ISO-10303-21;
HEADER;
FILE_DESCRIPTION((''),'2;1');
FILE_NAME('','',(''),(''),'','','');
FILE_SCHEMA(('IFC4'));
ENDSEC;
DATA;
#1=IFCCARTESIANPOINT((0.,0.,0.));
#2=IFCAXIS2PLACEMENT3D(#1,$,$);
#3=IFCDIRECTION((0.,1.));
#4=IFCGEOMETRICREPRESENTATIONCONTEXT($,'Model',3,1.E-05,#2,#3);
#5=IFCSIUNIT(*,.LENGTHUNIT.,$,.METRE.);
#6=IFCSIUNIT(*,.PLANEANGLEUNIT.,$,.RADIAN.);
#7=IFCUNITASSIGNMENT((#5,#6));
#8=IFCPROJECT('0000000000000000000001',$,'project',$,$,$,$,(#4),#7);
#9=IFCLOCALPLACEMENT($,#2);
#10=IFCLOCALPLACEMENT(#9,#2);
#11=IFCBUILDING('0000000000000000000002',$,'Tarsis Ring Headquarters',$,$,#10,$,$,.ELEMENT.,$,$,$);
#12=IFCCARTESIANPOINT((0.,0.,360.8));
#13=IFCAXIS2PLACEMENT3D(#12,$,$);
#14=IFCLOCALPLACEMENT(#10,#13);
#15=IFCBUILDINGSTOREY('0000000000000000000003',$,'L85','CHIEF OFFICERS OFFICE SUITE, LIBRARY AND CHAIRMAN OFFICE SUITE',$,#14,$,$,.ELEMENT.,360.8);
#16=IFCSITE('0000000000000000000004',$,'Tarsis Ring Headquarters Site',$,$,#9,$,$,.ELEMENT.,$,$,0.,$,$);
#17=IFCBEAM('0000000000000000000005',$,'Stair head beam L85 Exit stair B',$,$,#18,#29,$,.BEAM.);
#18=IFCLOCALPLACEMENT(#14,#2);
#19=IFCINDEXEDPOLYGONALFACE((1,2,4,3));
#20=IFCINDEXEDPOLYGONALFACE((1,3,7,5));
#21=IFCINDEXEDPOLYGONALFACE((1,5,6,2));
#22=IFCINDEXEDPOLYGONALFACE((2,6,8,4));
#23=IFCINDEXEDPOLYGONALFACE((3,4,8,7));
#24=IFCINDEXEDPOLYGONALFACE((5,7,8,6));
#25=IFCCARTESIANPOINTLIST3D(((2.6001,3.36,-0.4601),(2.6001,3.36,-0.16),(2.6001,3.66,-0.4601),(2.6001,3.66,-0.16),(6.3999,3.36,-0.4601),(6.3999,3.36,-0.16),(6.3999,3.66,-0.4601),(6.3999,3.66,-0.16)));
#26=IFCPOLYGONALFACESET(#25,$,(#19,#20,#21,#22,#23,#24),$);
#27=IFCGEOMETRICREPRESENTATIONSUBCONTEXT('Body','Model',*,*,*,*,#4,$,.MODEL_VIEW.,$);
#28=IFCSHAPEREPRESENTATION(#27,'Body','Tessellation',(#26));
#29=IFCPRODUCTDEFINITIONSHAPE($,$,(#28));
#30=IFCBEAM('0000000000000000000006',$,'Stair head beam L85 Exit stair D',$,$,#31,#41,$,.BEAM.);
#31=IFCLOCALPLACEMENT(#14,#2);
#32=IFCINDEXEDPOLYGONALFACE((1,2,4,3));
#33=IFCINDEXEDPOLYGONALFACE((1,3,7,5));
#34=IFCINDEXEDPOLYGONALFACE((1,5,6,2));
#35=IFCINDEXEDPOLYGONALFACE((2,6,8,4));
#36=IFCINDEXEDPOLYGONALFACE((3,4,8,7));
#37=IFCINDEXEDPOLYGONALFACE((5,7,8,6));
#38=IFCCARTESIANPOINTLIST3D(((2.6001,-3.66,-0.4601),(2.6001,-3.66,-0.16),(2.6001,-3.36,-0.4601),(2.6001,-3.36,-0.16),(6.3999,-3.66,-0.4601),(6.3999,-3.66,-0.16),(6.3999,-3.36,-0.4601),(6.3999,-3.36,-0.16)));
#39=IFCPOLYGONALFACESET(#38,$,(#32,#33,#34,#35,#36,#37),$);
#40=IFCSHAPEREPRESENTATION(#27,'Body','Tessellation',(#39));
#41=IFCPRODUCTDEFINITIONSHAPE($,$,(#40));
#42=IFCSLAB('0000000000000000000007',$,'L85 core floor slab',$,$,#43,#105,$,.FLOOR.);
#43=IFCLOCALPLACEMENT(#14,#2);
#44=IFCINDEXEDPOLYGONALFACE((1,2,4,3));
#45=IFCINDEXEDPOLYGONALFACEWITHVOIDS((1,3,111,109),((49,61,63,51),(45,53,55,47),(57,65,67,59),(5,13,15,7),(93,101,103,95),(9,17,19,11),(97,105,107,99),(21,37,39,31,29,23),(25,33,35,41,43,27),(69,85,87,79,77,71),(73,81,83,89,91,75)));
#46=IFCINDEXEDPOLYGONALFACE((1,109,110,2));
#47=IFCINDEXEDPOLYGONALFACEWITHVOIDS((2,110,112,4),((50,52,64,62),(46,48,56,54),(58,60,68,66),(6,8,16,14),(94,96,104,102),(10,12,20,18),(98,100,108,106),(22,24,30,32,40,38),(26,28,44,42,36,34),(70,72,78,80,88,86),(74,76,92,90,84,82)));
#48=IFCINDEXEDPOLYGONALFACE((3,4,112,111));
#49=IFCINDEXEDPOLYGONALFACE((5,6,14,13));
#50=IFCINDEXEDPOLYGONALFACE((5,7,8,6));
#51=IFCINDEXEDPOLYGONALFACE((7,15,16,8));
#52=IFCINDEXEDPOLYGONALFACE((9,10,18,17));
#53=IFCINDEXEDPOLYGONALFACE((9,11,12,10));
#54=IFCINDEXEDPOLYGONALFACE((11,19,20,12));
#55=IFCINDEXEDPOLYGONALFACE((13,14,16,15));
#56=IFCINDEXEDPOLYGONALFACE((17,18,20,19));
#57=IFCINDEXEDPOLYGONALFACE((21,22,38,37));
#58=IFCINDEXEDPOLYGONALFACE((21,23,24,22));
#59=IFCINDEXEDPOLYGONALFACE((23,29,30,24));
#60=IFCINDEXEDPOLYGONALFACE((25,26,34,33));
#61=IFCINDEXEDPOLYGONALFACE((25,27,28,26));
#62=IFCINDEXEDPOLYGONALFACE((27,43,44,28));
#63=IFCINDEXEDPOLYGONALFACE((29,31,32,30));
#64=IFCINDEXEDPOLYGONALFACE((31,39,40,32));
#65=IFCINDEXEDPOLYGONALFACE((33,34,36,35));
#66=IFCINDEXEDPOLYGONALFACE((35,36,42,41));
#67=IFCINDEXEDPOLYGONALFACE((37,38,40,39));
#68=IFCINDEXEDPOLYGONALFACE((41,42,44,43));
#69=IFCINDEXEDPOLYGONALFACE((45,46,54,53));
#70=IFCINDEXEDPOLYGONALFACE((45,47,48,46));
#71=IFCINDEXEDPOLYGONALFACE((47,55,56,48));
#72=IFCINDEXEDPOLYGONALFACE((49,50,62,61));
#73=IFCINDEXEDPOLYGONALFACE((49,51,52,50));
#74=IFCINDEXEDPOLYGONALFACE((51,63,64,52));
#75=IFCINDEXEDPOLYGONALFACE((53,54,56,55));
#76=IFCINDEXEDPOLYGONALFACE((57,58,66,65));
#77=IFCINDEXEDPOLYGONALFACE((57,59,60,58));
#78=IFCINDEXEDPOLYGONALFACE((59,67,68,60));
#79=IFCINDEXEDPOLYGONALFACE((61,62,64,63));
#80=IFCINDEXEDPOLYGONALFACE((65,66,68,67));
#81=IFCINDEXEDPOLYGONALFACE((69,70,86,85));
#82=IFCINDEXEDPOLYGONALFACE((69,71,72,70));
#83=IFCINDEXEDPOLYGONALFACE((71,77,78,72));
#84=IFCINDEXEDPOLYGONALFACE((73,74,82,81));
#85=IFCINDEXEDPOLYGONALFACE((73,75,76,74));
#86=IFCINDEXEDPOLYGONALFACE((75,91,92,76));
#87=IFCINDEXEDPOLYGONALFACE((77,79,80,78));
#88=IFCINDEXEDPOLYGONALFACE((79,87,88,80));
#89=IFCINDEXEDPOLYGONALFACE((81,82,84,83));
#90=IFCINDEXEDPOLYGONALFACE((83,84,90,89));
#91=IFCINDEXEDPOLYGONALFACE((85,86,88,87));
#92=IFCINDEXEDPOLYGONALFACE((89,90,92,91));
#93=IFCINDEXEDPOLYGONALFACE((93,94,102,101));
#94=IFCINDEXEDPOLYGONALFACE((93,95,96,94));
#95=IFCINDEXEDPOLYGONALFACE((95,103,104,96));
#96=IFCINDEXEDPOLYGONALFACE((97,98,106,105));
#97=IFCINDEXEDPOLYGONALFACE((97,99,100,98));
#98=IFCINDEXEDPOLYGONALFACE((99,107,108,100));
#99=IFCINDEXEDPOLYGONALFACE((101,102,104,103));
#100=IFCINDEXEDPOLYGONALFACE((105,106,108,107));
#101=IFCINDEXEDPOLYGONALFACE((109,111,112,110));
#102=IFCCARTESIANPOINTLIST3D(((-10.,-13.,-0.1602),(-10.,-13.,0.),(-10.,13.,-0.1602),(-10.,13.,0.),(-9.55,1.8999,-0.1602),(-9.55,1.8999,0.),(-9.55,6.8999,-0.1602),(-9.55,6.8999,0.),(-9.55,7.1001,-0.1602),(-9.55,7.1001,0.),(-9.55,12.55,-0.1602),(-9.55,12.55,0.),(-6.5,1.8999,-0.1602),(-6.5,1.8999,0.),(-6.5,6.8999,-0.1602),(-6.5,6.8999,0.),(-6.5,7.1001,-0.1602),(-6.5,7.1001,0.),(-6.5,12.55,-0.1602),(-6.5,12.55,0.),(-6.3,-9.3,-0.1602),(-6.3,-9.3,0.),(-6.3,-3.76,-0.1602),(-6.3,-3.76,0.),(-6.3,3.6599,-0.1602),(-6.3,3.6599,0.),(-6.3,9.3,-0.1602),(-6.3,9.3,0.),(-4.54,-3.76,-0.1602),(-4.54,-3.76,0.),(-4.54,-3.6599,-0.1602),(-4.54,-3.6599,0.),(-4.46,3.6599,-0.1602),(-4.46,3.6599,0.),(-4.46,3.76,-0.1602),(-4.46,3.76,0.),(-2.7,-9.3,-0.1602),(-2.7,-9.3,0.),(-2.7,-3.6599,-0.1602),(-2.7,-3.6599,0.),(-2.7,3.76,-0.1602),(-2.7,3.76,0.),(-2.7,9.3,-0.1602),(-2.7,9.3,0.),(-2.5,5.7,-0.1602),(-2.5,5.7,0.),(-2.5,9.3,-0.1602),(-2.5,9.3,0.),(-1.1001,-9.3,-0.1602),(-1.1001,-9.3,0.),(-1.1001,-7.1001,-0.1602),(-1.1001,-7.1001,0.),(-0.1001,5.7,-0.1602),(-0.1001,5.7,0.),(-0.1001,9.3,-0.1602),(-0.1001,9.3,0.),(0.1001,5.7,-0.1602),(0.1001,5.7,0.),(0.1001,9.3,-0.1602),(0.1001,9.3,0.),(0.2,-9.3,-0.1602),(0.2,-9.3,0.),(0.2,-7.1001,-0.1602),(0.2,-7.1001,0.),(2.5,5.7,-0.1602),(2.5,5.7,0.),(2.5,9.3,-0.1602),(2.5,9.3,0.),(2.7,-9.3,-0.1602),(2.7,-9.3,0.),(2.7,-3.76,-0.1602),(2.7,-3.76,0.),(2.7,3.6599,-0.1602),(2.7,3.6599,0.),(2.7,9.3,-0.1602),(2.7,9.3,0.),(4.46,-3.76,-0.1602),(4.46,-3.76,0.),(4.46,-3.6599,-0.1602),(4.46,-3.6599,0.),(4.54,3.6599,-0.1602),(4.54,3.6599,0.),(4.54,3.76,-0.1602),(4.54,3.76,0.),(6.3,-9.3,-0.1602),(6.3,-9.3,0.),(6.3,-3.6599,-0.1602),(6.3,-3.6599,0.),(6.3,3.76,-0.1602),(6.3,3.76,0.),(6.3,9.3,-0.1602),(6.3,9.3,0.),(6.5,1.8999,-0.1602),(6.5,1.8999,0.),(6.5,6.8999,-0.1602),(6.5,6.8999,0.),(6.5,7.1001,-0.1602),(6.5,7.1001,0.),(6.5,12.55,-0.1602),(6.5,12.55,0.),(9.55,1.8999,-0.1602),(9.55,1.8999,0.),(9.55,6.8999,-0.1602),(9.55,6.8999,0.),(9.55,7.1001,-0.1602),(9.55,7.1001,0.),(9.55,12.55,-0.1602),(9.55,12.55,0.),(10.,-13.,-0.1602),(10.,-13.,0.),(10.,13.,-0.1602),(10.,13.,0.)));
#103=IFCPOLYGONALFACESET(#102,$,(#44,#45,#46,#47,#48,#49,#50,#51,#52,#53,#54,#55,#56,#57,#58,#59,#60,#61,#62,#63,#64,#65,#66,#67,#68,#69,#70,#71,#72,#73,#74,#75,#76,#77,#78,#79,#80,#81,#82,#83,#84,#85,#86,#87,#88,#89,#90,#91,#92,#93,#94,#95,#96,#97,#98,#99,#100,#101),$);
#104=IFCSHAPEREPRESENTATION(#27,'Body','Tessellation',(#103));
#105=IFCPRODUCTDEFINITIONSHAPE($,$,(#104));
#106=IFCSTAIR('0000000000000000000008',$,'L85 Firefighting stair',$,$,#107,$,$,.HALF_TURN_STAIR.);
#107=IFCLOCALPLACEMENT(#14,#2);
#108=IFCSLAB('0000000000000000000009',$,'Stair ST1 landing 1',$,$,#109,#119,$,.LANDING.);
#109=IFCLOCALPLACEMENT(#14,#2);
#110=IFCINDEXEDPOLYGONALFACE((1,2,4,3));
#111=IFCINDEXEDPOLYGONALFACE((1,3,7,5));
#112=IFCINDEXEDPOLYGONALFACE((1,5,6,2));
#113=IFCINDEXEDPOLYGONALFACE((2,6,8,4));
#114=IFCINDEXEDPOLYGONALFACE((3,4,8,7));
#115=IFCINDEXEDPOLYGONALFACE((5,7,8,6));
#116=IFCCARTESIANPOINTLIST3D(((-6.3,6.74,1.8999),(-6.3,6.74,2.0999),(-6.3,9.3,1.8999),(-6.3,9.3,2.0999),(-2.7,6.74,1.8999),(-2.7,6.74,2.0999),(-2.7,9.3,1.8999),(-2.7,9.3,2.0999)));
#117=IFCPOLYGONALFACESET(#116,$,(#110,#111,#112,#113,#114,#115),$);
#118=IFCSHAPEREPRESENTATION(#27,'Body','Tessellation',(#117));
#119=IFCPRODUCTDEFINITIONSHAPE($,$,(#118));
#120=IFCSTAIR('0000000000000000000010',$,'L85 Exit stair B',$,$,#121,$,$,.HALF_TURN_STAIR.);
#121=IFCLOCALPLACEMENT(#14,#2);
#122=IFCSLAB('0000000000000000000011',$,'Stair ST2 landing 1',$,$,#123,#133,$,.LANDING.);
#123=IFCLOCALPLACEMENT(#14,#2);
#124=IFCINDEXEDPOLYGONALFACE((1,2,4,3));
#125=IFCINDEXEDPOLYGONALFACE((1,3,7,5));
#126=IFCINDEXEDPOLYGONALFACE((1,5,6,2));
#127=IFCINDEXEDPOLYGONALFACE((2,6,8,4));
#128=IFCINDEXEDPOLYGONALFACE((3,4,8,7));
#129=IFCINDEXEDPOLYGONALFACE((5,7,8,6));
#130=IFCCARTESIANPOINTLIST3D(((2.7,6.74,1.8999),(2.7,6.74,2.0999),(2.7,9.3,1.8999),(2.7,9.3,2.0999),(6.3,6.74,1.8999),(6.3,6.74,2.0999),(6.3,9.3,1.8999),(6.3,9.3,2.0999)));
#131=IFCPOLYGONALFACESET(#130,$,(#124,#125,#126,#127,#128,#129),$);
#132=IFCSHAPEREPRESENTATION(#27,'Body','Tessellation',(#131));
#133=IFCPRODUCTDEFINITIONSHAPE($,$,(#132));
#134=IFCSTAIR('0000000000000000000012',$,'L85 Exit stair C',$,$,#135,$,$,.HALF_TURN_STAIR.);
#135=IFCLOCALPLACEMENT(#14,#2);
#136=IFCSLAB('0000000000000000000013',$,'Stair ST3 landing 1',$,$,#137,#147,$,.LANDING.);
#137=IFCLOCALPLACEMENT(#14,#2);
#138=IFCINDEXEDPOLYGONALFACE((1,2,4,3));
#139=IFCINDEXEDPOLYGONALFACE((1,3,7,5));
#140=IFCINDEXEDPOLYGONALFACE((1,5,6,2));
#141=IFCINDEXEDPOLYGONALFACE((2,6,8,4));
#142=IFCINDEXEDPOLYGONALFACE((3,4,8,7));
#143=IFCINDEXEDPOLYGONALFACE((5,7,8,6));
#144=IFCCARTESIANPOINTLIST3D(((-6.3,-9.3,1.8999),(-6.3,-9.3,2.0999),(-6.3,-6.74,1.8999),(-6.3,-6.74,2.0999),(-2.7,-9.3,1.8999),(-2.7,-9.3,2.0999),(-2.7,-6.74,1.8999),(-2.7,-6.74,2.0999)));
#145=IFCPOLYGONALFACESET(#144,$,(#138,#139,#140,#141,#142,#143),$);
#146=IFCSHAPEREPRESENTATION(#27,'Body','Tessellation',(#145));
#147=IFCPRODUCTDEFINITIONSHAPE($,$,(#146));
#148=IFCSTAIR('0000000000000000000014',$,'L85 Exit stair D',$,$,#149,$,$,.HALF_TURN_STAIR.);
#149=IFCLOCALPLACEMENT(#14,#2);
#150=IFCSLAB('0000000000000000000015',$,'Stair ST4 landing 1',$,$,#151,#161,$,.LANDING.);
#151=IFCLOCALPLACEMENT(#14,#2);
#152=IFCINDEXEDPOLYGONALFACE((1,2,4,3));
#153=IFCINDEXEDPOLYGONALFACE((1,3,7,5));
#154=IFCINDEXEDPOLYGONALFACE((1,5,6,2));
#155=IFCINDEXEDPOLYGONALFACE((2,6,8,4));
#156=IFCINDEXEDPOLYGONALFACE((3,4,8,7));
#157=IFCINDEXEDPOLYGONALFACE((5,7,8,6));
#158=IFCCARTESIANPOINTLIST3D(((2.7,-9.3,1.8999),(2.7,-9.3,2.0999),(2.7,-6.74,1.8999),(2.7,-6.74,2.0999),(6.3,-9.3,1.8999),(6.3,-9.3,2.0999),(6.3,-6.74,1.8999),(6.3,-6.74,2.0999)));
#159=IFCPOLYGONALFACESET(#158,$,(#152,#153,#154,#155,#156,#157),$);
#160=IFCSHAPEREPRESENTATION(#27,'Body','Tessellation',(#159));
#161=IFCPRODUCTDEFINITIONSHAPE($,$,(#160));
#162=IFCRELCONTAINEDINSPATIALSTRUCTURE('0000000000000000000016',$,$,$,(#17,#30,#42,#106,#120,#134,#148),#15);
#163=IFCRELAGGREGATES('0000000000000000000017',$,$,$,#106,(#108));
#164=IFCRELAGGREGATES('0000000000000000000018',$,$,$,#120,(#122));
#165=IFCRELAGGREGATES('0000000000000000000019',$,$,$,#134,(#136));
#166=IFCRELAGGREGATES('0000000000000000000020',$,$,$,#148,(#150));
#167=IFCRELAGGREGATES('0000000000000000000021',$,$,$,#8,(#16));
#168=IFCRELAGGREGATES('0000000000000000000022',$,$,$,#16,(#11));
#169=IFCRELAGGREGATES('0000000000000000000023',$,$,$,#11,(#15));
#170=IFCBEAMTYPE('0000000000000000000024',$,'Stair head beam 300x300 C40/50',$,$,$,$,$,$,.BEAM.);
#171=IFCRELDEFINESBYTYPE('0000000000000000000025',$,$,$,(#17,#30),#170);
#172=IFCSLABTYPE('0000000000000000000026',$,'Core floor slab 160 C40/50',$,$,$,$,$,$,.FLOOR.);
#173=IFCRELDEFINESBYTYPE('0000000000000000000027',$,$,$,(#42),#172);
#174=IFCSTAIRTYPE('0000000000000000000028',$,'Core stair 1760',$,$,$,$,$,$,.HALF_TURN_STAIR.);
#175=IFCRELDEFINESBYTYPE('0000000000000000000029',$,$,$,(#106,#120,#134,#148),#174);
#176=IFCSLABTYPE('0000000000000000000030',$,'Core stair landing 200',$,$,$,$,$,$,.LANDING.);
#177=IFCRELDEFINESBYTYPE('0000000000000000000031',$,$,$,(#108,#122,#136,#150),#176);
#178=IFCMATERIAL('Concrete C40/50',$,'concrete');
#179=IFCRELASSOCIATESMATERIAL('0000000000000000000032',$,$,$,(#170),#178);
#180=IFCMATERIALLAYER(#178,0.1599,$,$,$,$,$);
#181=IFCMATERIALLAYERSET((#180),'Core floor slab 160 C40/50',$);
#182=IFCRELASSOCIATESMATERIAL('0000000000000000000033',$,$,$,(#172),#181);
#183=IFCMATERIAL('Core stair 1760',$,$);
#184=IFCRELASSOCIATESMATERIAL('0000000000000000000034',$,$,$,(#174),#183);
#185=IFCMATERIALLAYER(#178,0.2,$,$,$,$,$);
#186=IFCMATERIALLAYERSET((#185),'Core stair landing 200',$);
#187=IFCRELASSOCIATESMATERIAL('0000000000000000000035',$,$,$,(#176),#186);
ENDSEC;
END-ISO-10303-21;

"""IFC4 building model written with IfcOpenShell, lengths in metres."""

from ifc_helpers import new_model, si_unit, direction, frame, origin, origin_2d, place, context, subcontext, project, spatial, polyline, rectangle, outline, extrude, material, layer, layer_set, material_profile, profile_set, type_object, element, aggregate, save


model = new_model("IFC4")

# Units and contexts
model_context = context("Model", 3, precision=1e-05, world=origin(), true_north=direction((0.0, 1.0)))
body_context = subcontext(model_context, "Body", "Model", "MODEL_VIEW")
ifc_project = project(units=[si_unit("LENGTHUNIT", "METRE"), si_unit("PLANEANGLEUNIT", "RADIAN")], contexts=[model_context])

# Site, building, storey
site_placement = place(None, origin())
site = spatial("IfcSite", under=ifc_project, at=site_placement, Name="Tarsis Ring Headquarters Site", CompositionType="ELEMENT", RefElevation=0.0)
building_placement = place(site_placement, origin())
building = spatial("IfcBuilding", under=site, at=building_placement, Name="Tarsis Ring Headquarters", CompositionType="ELEMENT")
storey_placement = place(building_placement, frame((0.0, 0.0, 360.8)))
storey = spatial("IfcBuildingStorey", under=building, at=storey_placement, Name="L85", Description="CHIEF OFFICERS OFFICE SUITE, LIBRARY AND CHAIRMAN OFFICE SUITE", CompositionType="ELEMENT", Elevation=360.8)

# Beams
ifc_material_1 = material(Name="Concrete C40/50", Category="concrete")
ifc_material_profile = material_profile(ifc_material_1, rectangle(XDim=0.3, YDim=0.3, at=origin_2d()), Name="Stair head beam 300x300 C40/50")
ifc_profile_set = profile_set([ifc_material_profile], Name="Concrete C40/50")
beam_type = type_object("IfcBeamType", Name="Stair head beam 300x300 C40/50", PredefinedType="BEAM", material=ifc_profile_set)
for number, where, z_axis, x_axis, name in (
    (1, (2.6001, 3.51, -0.3101), (1.0, 0.0, 0.0), (0.0, 1.0, 0.0), "Stair head beam L85 Exit stair B"),
    (2, (2.6001, -3.51, -0.3101), (1.0, 0.0, 0.0), (0.0, 1.0, 0.0), "Stair head beam L85 Exit stair D"),
):
    element("IfcBeam", number, at=place(storey_placement, frame(where, z_axis=z_axis, x_axis=x_axis)), inside=storey, type_object=beam_type, Name=name, PredefinedType="BEAM", context=body_context, shape_type="SweptSolid", body=[
        extrude(rectangle(XDim=0.3, YDim=0.3, at=origin_2d()), origin(), (0.0, 0.0, 1.0), 3.7998),
    ])

# Slab
ifc_layer_1 = layer(ifc_material_1, 0.1599)
ifc_layer_set_1 = layer_set([ifc_layer_1], Name="Core floor slab 160 C40/50")
slab_type_1 = type_object("IfcSlabType", Name="Core floor slab 160 C40/50", PredefinedType="FLOOR", material=ifc_layer_set_1)
slab_1_placement = place(storey_placement, frame((0.0, 0.0, -0.1602)))
element("IfcSlab", 3, at=slab_1_placement, inside=storey, type_object=slab_type_1, Name="L85 core floor slab", PredefinedType="FLOOR", context=body_context, shape_type="SweptSolid", body=[
    extrude(outline(polyline([(-10.0, -13.0), (10.0, -13.0), (10.0, 13.0), (-10.0, 13.0), (-10.0, -13.0)]), holes=[polyline([(-2.5, 5.7), (-0.1001, 5.7), (-0.1001, 9.3), (-2.5, 9.3), (-2.5, 5.7)]), polyline([(0.1001, 5.7), (2.5, 5.7), (2.5, 9.3), (0.1001, 9.3), (0.1001, 5.7)]), polyline([(-9.55, 1.8999), (-6.5, 1.8999), (-6.5, 6.8999), (-9.55, 6.8999), (-9.55, 1.8999)]), polyline([(-9.55, 7.1001), (-6.5, 7.1001), (-6.5, 12.55), (-9.55, 12.55), (-9.55, 7.1001)]), polyline([(6.5, 1.8999), (9.55, 1.8999), (9.55, 6.8999), (6.5, 6.8999), (6.5, 1.8999)]), polyline([(6.5, 7.1001), (9.55, 7.1001), (9.55, 12.55), (6.5, 12.55), (6.5, 7.1001)]), polyline([(-1.1001, -9.3), (0.2, -9.3), (0.2, -7.1001), (-1.1001, -7.1001), (-1.1001, -9.3)]), polyline([(-2.7, 3.76), (-2.7, 9.3), (-6.3, 9.3), (-6.3, 3.6599), (-4.46, 3.6599), (-4.46, 3.76), (-2.7, 3.76)]), polyline([(6.3, 3.76), (6.3, 9.3), (2.7, 9.3), (2.7, 3.6599), (4.54, 3.6599), (4.54, 3.76), (6.3, 3.76)]), polyline([(-6.3, -3.76), (-6.3, -9.3), (-2.7, -9.3), (-2.7, -3.6599), (-4.54, -3.6599), (-4.54, -3.76), (-6.3, -3.76)]), polyline([(2.7, -3.76), (2.7, -9.3), (6.3, -9.3), (6.3, -3.6599), (4.46, -3.6599), (4.46, -3.76), (2.7, -3.76)])]), origin(), (0.0, 0.0, 1.0), 0.1602),
])

# Stairs, slabs
ifc_material_2 = material(Name="Core stair 1760")
stair_type = type_object("IfcStairType", Name="Core stair 1760", PredefinedType="HALF_TURN_STAIR", material=ifc_material_2)
stair_1_placement = place(storey_placement, origin())
stair_1 = element("IfcStair", 4, at=stair_1_placement, inside=storey, type_object=stair_type, Name="L85 Firefighting stair", PredefinedType="HALF_TURN_STAIR")
ifc_layer_2 = layer(ifc_material_1, 0.2)
ifc_layer_set_2 = layer_set([ifc_layer_2], Name="Core stair landing 200")
slab_type_2 = type_object("IfcSlabType", Name="Core stair landing 200", PredefinedType="LANDING", material=ifc_layer_set_2)
slab_2_placement = place(storey_placement, frame((0.0, 0.0, 1.8999)))
slab_2 = element("IfcSlab", 5, at=slab_2_placement, type_object=slab_type_2, Name="Stair ST1 landing 1", PredefinedType="LANDING", context=body_context, shape_type="SweptSolid", body=[
    extrude(outline(polyline([(-2.7, 6.74), (-2.7, 9.3), (-6.3, 9.3), (-6.3, 6.74), (-2.7, 6.74)])), origin(), (0.0, 0.0, 1.0), 0.2),
])
aggregate(stair_1, [slab_2])
stair_2_placement = place(storey_placement, origin())
stair_2 = element("IfcStair", 6, at=stair_2_placement, inside=storey, type_object=stair_type, Name="L85 Exit stair B", PredefinedType="HALF_TURN_STAIR")
slab_3_placement = place(storey_placement, frame((0.0, 0.0, 1.8999)))
slab_3 = element("IfcSlab", 7, at=slab_3_placement, type_object=slab_type_2, Name="Stair ST2 landing 1", PredefinedType="LANDING", context=body_context, shape_type="SweptSolid", body=[
    extrude(outline(polyline([(6.3, 6.74), (6.3, 9.3), (2.7, 9.3), (2.7, 6.74), (6.3, 6.74)])), origin(), (0.0, 0.0, 1.0), 0.2),
])
aggregate(stair_2, [slab_3])
stair_3_placement = place(storey_placement, origin())
stair_3 = element("IfcStair", 8, at=stair_3_placement, inside=storey, type_object=stair_type, Name="L85 Exit stair C", PredefinedType="HALF_TURN_STAIR")
slab_4_placement = place(storey_placement, frame((0.0, 0.0, 1.8999)))
slab_4 = element("IfcSlab", 9, at=slab_4_placement, type_object=slab_type_2, Name="Stair ST3 landing 1", PredefinedType="LANDING", context=body_context, shape_type="SweptSolid", body=[
    extrude(outline(polyline([(-6.3, -6.74), (-6.3, -9.3), (-2.7, -9.3), (-2.7, -6.74), (-6.3, -6.74)])), origin(), (0.0, 0.0, 1.0), 0.2),
])
aggregate(stair_3, [slab_4])
stair_4_placement = place(storey_placement, origin())
stair_4 = element("IfcStair", 10, at=stair_4_placement, inside=storey, type_object=stair_type, Name="L85 Exit stair D", PredefinedType="HALF_TURN_STAIR")
slab_5_placement = place(storey_placement, frame((0.0, 0.0, 1.8999)))
slab_5 = element("IfcSlab", 11, at=slab_5_placement, type_object=slab_type_2, Name="Stair ST4 landing 1", PredefinedType="LANDING", context=body_context, shape_type="SweptSolid", body=[
    extrude(outline(polyline([(2.7, -6.74), (2.7, -9.3), (6.3, -9.3), (6.3, -6.74), (2.7, -6.74)])), origin(), (0.0, 0.0, 1.0), 0.2),
])
aggregate(stair_4, [slab_5])

save(model, "model.ifc")
